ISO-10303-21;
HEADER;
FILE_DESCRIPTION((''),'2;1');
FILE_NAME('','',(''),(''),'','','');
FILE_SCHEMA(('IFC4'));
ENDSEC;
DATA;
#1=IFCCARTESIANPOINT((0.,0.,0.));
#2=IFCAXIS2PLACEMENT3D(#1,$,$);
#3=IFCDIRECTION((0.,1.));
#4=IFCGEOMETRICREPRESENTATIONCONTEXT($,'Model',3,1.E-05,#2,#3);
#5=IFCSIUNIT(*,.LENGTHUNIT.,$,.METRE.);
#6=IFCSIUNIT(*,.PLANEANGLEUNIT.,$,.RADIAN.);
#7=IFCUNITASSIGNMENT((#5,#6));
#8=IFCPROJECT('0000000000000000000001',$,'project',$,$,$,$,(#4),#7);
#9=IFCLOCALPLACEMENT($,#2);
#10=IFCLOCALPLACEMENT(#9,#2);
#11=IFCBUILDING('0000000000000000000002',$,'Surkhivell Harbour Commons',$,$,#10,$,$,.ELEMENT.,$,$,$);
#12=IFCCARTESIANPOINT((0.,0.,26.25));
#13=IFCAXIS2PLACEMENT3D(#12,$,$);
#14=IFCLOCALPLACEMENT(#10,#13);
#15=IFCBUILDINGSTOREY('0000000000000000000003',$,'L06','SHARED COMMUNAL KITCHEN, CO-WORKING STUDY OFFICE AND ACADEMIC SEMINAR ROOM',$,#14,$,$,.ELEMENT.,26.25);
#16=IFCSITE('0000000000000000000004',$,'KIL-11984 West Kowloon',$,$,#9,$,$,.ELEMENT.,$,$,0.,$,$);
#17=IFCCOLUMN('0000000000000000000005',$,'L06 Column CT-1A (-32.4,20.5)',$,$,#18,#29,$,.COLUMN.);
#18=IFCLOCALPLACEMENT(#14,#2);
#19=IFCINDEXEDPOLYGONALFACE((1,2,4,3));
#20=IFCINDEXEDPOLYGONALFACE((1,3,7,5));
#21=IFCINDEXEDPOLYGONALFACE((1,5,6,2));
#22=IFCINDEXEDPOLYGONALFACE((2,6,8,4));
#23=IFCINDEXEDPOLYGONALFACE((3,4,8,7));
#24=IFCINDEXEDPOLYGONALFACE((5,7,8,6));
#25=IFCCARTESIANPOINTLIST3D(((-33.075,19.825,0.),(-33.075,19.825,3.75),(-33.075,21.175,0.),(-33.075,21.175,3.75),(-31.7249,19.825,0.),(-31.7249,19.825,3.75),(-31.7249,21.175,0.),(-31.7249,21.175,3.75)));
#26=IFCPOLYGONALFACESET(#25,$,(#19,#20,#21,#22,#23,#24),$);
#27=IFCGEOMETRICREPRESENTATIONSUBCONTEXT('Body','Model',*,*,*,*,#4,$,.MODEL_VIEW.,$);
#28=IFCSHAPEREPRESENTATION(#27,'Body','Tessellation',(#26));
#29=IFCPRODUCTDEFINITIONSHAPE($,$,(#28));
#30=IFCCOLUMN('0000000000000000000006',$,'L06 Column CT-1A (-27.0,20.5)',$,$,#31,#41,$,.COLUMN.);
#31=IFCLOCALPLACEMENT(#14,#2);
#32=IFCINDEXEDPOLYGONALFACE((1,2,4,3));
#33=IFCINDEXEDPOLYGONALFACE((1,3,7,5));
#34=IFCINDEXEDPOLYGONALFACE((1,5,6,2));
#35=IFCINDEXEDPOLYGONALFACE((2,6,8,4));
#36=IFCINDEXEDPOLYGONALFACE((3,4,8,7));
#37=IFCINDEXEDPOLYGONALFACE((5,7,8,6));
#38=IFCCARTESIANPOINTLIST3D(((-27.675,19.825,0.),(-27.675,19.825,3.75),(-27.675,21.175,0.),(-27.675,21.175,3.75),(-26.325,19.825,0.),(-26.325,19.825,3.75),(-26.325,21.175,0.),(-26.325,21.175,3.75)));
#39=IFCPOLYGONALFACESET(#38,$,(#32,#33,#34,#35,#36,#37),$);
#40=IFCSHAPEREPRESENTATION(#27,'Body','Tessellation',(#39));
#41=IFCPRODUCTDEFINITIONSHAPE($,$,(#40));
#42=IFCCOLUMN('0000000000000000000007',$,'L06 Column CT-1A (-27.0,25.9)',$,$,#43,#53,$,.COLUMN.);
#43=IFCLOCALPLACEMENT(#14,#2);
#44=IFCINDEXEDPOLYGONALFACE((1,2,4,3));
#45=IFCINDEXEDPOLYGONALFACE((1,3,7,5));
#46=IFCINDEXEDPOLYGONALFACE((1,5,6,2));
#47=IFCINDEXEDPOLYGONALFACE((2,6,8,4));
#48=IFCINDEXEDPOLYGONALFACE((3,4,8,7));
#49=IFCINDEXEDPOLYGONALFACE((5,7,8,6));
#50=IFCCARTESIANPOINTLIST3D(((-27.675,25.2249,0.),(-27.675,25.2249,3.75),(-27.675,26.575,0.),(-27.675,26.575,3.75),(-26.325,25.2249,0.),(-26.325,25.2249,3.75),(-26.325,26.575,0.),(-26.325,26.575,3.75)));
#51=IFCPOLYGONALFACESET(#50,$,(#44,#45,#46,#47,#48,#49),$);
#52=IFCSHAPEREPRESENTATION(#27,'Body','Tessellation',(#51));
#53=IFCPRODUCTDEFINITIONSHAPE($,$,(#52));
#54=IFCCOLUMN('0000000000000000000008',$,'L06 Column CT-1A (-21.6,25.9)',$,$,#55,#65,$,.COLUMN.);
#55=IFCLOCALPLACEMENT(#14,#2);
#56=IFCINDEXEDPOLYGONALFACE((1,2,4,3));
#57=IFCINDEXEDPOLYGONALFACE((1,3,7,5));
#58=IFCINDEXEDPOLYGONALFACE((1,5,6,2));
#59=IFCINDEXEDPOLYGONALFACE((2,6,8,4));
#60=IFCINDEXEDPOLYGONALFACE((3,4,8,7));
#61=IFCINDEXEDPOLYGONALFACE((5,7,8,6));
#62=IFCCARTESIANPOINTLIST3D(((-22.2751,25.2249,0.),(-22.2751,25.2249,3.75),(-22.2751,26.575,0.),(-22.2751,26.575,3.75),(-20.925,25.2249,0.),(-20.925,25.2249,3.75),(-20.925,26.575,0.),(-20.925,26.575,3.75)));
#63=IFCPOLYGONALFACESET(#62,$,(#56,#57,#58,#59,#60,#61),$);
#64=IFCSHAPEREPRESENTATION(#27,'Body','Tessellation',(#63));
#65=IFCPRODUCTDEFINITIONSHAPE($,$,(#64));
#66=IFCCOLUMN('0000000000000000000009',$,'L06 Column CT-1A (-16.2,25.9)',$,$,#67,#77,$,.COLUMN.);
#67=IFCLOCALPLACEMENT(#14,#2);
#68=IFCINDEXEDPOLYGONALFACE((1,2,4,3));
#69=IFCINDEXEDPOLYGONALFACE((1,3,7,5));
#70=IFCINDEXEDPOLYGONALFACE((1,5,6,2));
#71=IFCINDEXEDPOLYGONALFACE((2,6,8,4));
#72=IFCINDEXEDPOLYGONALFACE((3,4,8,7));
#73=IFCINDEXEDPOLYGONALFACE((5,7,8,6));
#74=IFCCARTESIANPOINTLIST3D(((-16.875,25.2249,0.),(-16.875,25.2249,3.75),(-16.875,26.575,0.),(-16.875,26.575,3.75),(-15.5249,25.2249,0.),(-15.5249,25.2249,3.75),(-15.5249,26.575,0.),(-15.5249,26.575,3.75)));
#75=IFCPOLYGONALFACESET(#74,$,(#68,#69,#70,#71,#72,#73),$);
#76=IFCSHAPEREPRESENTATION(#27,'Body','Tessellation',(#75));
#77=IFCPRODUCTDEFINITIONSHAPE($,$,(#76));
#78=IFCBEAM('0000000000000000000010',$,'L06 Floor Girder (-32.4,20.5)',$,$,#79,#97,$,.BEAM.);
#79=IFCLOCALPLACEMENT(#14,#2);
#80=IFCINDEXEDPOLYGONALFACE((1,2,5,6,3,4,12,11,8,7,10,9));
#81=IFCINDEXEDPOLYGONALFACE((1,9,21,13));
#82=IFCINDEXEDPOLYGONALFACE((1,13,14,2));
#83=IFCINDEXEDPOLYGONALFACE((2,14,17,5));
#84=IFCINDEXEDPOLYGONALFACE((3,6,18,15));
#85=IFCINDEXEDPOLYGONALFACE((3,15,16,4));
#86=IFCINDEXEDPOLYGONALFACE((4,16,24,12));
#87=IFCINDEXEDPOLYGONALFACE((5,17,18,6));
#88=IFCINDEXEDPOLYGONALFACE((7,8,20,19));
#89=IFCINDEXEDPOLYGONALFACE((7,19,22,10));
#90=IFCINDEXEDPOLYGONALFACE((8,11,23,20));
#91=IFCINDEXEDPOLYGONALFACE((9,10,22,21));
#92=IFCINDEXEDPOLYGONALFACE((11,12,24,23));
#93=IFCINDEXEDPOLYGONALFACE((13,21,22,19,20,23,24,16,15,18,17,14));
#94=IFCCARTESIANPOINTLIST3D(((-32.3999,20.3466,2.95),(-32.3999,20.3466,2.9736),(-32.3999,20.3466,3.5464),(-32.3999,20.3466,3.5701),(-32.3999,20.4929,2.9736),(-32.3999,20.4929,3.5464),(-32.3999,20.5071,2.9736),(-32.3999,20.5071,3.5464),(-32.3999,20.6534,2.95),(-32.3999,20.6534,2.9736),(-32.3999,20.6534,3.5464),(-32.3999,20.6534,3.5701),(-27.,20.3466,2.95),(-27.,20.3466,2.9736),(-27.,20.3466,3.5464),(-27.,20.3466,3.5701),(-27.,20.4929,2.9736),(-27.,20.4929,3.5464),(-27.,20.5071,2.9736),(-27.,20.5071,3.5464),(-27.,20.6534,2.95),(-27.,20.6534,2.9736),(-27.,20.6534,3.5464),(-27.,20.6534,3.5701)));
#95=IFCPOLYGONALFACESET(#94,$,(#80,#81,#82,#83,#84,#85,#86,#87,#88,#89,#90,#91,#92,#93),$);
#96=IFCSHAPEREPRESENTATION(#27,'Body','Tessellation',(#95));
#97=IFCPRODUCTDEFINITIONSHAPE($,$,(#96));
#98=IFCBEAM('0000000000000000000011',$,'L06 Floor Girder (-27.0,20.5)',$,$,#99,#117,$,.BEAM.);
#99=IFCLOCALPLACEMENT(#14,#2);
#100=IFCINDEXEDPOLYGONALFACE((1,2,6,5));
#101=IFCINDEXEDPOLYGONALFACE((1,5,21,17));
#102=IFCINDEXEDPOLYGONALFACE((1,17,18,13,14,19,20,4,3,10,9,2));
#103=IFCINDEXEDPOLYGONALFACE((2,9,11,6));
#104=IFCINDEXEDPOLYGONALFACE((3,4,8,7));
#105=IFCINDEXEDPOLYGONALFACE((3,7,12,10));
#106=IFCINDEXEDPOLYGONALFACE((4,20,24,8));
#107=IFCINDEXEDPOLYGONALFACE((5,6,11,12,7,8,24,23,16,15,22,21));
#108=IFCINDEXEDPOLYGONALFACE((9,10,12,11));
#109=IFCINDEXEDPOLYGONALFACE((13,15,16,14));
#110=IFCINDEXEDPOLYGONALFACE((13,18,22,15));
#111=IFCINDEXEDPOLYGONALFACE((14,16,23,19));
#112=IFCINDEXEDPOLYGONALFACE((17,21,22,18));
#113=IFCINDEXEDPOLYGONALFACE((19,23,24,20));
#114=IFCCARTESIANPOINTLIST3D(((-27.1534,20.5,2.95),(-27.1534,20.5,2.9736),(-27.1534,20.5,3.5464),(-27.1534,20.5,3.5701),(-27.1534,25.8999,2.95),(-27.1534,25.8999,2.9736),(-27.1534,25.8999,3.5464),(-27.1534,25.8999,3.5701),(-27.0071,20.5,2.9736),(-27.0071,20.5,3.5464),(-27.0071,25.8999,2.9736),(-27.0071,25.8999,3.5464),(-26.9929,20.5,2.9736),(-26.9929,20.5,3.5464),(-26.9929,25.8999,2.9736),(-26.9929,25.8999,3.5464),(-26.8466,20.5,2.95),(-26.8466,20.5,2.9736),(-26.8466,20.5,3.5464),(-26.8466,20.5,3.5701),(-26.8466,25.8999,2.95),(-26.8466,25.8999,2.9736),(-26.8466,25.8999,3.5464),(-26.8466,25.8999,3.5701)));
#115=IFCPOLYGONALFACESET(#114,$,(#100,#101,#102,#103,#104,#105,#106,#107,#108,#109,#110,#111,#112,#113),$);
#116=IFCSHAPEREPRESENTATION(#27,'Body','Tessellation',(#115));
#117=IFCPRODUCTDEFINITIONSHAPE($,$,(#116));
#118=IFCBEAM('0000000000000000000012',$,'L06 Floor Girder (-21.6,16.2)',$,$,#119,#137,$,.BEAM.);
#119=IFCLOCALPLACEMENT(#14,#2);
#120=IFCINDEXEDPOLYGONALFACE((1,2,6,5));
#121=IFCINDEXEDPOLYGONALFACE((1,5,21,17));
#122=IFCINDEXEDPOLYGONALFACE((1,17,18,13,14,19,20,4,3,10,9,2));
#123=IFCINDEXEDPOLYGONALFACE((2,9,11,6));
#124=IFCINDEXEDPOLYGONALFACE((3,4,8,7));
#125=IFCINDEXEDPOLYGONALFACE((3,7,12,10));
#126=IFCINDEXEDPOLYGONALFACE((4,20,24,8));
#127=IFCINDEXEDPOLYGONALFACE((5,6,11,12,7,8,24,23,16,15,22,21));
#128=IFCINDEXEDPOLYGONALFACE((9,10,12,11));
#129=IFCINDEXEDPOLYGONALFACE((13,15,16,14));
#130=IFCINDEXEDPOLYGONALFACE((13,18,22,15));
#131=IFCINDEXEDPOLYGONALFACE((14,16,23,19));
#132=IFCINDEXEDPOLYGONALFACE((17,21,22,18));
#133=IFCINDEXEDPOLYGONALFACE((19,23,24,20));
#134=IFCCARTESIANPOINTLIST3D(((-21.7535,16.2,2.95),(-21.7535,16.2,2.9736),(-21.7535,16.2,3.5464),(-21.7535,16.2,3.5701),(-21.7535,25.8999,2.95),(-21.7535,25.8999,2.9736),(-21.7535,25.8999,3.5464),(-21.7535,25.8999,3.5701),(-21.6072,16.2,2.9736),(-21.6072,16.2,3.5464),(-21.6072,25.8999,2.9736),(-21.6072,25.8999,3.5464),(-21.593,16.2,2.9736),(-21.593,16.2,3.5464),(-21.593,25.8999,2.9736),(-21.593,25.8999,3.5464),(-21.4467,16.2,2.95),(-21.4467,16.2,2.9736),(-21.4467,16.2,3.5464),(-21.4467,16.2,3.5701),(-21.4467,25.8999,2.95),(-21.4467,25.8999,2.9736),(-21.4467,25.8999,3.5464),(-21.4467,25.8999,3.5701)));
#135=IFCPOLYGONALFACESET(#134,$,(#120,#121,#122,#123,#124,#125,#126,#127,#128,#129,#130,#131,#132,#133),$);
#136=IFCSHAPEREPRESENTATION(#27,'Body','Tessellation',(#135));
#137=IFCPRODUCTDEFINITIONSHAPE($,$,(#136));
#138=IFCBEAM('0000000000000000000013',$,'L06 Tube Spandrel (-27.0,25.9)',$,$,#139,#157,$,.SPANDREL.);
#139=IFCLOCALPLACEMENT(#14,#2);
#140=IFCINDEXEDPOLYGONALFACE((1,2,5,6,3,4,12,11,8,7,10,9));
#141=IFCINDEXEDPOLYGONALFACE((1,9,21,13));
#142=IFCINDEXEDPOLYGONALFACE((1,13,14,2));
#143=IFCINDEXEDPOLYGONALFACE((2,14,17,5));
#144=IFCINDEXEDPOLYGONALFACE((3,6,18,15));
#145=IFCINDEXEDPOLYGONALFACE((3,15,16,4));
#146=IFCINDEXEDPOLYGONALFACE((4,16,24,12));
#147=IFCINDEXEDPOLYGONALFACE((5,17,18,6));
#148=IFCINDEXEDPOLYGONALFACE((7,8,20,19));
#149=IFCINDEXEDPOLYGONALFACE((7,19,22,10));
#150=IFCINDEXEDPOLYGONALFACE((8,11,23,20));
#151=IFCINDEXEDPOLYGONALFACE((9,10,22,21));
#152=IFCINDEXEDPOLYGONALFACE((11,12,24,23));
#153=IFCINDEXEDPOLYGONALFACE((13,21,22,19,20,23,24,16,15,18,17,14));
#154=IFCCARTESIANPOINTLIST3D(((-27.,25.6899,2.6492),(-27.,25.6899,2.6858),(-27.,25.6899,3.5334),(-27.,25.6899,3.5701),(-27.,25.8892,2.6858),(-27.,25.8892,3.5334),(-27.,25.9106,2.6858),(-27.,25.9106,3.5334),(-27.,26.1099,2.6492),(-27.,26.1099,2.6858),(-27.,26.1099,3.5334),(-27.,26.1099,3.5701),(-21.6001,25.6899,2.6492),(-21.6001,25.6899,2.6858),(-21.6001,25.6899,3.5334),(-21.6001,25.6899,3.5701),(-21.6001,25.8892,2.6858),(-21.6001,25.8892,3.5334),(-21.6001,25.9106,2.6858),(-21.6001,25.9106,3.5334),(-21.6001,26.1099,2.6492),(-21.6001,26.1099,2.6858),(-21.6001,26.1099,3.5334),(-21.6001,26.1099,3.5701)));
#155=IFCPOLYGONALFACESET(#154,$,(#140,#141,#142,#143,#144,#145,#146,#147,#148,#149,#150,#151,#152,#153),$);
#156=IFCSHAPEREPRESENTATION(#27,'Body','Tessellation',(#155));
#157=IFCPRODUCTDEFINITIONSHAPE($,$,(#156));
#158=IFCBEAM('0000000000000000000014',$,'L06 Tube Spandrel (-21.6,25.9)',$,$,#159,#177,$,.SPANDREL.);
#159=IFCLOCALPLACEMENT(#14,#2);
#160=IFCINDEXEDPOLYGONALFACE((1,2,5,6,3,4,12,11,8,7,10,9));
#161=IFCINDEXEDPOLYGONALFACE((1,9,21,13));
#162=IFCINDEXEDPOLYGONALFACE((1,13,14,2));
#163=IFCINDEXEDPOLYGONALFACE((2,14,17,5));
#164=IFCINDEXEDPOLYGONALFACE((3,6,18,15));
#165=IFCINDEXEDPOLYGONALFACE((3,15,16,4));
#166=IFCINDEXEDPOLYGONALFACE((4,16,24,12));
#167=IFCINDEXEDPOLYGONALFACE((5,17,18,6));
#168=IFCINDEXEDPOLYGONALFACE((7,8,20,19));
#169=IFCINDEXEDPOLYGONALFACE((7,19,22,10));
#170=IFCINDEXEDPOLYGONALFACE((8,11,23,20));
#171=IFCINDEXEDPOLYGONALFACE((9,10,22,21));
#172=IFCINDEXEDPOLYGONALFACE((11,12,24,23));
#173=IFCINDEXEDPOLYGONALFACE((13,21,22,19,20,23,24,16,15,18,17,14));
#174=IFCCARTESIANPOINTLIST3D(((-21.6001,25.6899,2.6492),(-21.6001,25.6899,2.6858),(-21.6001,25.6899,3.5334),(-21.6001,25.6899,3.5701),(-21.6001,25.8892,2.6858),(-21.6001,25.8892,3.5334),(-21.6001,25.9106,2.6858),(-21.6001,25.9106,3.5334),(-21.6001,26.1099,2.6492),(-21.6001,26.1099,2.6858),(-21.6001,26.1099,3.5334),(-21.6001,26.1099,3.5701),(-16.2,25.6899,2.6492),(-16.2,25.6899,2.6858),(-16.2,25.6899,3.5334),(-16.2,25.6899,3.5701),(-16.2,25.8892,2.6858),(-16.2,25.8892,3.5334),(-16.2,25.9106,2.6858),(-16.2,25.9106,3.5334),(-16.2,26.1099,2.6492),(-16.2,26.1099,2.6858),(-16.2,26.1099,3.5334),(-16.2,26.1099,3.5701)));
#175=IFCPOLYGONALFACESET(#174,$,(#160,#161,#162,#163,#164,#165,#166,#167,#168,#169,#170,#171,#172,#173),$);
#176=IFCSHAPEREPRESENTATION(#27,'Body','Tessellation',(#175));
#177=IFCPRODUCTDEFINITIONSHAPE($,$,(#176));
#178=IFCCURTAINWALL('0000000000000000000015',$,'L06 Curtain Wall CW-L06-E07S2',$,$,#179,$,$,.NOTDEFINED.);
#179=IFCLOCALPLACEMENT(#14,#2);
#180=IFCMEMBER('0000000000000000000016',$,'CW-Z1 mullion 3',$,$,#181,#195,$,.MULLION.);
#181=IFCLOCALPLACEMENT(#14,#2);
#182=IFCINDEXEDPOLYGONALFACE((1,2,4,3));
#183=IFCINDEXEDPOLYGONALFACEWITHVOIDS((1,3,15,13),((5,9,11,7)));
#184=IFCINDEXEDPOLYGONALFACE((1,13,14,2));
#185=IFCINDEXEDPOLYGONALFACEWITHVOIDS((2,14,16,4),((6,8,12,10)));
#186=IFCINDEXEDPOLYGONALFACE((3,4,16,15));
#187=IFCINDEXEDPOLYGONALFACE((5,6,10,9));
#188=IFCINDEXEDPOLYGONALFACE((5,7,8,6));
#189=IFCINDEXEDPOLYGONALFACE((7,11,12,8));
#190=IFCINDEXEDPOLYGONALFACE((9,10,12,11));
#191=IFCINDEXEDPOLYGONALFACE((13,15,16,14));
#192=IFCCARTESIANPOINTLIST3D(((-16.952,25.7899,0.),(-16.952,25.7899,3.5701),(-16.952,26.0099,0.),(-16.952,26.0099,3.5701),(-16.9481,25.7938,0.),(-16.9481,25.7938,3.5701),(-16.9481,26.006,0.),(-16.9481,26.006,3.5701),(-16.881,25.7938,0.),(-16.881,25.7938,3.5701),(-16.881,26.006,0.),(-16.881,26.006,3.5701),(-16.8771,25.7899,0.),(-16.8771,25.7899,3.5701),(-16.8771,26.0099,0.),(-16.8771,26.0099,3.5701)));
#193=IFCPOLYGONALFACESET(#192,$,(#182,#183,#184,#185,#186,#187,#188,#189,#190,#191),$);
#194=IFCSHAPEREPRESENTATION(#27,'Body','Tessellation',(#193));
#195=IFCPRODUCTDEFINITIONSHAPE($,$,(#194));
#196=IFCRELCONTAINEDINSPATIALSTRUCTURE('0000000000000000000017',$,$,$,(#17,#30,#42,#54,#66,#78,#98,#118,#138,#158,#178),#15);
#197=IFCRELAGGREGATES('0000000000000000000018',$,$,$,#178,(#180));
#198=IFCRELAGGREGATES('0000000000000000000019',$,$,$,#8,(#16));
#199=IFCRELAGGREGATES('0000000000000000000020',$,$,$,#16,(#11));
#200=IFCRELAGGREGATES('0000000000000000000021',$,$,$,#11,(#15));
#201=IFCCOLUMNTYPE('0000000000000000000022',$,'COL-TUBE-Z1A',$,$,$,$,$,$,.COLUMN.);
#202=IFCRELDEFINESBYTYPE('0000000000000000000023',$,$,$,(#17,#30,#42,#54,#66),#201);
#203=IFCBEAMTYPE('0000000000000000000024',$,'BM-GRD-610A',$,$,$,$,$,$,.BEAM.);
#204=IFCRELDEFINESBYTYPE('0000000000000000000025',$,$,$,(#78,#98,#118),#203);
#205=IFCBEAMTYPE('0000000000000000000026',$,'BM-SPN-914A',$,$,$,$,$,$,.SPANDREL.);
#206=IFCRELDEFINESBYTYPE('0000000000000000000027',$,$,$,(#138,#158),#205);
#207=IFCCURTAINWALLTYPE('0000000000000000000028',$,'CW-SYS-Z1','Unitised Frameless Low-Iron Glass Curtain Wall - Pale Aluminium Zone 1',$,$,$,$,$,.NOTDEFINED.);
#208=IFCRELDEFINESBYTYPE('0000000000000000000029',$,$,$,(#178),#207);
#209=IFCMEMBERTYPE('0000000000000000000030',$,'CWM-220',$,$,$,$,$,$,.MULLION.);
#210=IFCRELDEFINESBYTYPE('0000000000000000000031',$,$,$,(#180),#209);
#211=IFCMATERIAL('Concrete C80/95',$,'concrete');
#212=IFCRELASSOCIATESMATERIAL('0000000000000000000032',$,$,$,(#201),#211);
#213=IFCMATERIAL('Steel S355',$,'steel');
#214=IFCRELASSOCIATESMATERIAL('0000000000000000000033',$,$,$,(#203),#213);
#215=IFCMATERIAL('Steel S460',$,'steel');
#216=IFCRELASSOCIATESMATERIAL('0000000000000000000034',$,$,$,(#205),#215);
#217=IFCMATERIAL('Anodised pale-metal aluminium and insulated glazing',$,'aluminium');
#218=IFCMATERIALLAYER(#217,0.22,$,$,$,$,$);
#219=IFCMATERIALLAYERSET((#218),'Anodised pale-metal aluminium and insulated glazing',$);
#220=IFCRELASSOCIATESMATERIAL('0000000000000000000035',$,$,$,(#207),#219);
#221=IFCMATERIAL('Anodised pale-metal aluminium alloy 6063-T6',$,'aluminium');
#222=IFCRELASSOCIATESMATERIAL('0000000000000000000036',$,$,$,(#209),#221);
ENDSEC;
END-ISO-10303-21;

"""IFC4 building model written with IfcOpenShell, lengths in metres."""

from ifc_helpers import new_model, si_unit, direction, frame, origin, origin_2d, place, context, subcontext, project, spatial, rectangle, hollow_rectangle, i_section, extrude, material, layer, layer_set, material_profile, profile_set, type_object, element, aggregate, save


model = new_model("IFC4")

# Units and contexts
model_context = context("Model", 3, precision=1e-05, world=origin(), true_north=direction((0.0, 1.0)))
body_context = subcontext(model_context, "Body", "Model", "MODEL_VIEW")
ifc_project = project(units=[si_unit("LENGTHUNIT", "METRE"), si_unit("PLANEANGLEUNIT", "RADIAN")], contexts=[model_context])

# Site, building, storey
site_placement = place(None, origin())
site = spatial("IfcSite", under=ifc_project, at=site_placement, Name="KIL-11984 West Kowloon", CompositionType="ELEMENT", RefElevation=0.0)
building_placement = place(site_placement, origin())
building = spatial("IfcBuilding", under=site, at=building_placement, Name="Surkhivell Harbour Commons", CompositionType="ELEMENT")
storey_placement = place(building_placement, frame((0.0, 0.0, 26.25)))
storey = spatial("IfcBuildingStorey", under=building, at=storey_placement, Name="L06", Description="SHARED COMMUNAL KITCHEN, CO-WORKING STUDY OFFICE AND ACADEMIC SEMINAR ROOM", CompositionType="ELEMENT", Elevation=26.25)

# Columns
ifc_material_1 = material(Name="Concrete C80/95", Category="concrete")
ifc_material_profile_1 = material_profile(ifc_material_1, rectangle(XDim=1.3501, YDim=1.3501, at=origin_2d()), Name="RC-COL-1350x1350")
ifc_profile_set_1 = profile_set([ifc_material_profile_1], Name="Concrete C80/95")
column_type = type_object("IfcColumnType", Name="COL-TUBE-Z1A", PredefinedType="COLUMN", material=ifc_profile_set_1)
for number, where, z_axis, x_axis, name in (
    (1, (-32.3999, 20.5, 0.0), (0.0, 0.0, 1.0), (1.0, 0.0, 0.0), "L06 Column CT-1A (-32.4,20.5)"),
    (2, (-27.0, 20.5, 0.0), (0.0, 0.0, 1.0), (1.0, 0.0, 0.0), "L06 Column CT-1A (-27.0,20.5)"),
    (3, (-27.0, 25.8999, 0.0), (0.0, 0.0, 1.0), (1.0, 0.0, 0.0), "L06 Column CT-1A (-27.0,25.9)"),
    (4, (-21.6001, 25.8999, 0.0), (0.0, 0.0, 1.0), (1.0, 0.0, 0.0), "L06 Column CT-1A (-21.6,25.9)"),
    (5, (-16.2, 25.8999, 0.0), (0.0, 0.0, 1.0), (1.0, 0.0, 0.0), "L06 Column CT-1A (-16.2,25.9)"),
):
    element("IfcColumn", number, at=place(storey_placement, frame(where, z_axis=z_axis, x_axis=x_axis)), inside=storey, type_object=column_type, Name=name, PredefinedType="COLUMN", context=body_context, shape_type="SweptSolid", body=[
        extrude(rectangle(XDim=1.3501, YDim=1.3501, at=origin_2d()), origin(), (0.0, 0.0, 1.0), 3.75),
    ])

# Beams
ifc_material_2 = material(Name="Steel S355", Category="steel")
ifc_material_profile_2 = material_profile(ifc_material_2, i_section(OverallWidth=0.3069, OverallDepth=0.6201, WebThickness=0.0142, FlangeThickness=0.0237, at=origin_2d()), Name="UB610x305x179")
ifc_profile_set_2 = profile_set([ifc_material_profile_2], Name="Steel S355")
beam_type_1 = type_object("IfcBeamType", Name="BM-GRD-610A", PredefinedType="BEAM", material=ifc_profile_set_2)
for number, where, z_axis, x_axis, name in (
    (6, (-32.3999, 20.5, 3.26), (1.0, 0.0, 0.0), (0.0, 1.0, 0.0), "L06 Floor Girder (-32.4,20.5)"),
    (7, (-27.0, 20.5, 3.26), (0.0, 1.0, 0.0), (-1.0, 0.0, 0.0), "L06 Floor Girder (-27.0,20.5)"),
):
    element("IfcBeam", number, at=place(storey_placement, frame(where, z_axis=z_axis, x_axis=x_axis)), inside=storey, type_object=beam_type_1, Name=name, PredefinedType="BEAM", context=body_context, shape_type="SweptSolid", body=[
        extrude(i_section(OverallWidth=0.3069, OverallDepth=0.6201, WebThickness=0.0142, FlangeThickness=0.0237, at=origin_2d()), origin(), (0.0, 0.0, 1.0), 5.3999),
    ])
beam_1_placement = place(storey_placement, frame((-21.6001, 16.2, 3.26), z_axis=(0.0, 1.0, 0.0), x_axis=(-1.0, 0.0, 0.0)))
element("IfcBeam", 8, at=beam_1_placement, inside=storey, type_object=beam_type_1, Name="L06 Floor Girder (-21.6,16.2)", PredefinedType="BEAM", context=body_context, shape_type="SweptSolid", body=[
    extrude(i_section(OverallWidth=0.3069, OverallDepth=0.6201, WebThickness=0.0142, FlangeThickness=0.0237, at=origin_2d()), origin(), (0.0, 0.0, 1.0), 9.7),
])
ifc_material_3 = material(Name="Steel S460", Category="steel")
ifc_material_profile_3 = material_profile(ifc_material_3, i_section(OverallWidth=0.4199, OverallDepth=0.9209, WebThickness=0.0215, FlangeThickness=0.0366, at=origin_2d()), Name="UB914x419x388")
ifc_profile_set_3 = profile_set([ifc_material_profile_3], Name="Steel S460")
beam_type_2 = type_object("IfcBeamType", Name="BM-SPN-914A", PredefinedType="SPANDREL", material=ifc_profile_set_3)
beam_2_placement = place(storey_placement, frame((-27.0, 25.8999, 3.1096), z_axis=(1.0, 0.0, 0.0), x_axis=(0.0, 1.0, 0.0)))
element("IfcBeam", 9, at=beam_2_placement, inside=storey, type_object=beam_type_2, Name="L06 Tube Spandrel (-27.0,25.9)", PredefinedType="SPANDREL", context=body_context, shape_type="SweptSolid", body=[
    extrude(i_section(OverallWidth=0.4199, OverallDepth=0.9209, WebThickness=0.0215, FlangeThickness=0.0366, at=origin_2d()), origin(), (0.0, 0.0, 1.0), 5.3999),
])
beam_3_placement = place(storey_placement, frame((-21.6001, 25.8999, 3.1096), z_axis=(1.0, 0.0, 0.0), x_axis=(0.0, 1.0, 0.0)))
element("IfcBeam", 10, at=beam_3_placement, inside=storey, type_object=beam_type_2, Name="L06 Tube Spandrel (-21.6,25.9)", PredefinedType="SPANDREL", context=body_context, shape_type="SweptSolid", body=[
    extrude(i_section(OverallWidth=0.4199, OverallDepth=0.9209, WebThickness=0.0215, FlangeThickness=0.0366, at=origin_2d()), origin(), (0.0, 0.0, 1.0), 5.4001),
])

# Curtain wall, member
ifc_material_4 = material(Name="Anodised pale-metal aluminium and insulated glazing", Category="aluminium")
ifc_layer_1 = layer(ifc_material_4, 0.22)
ifc_layer_set_1 = layer_set([ifc_layer_1], Name="Anodised pale-metal aluminium and insulated glazing")
curtain_wall_type = type_object("IfcCurtainWallType", Name="CW-SYS-Z1", Description="Unitised Frameless Low-Iron Glass Curtain Wall - Pale Aluminium Zone 1", PredefinedType="NOTDEFINED", material=ifc_layer_set_1)
curtain_wall_1_placement = place(storey_placement, origin())
curtain_wall_1 = element("IfcCurtainWall", 11, at=curtain_wall_1_placement, inside=storey, type_object=curtain_wall_type, Name="L06 Curtain Wall CW-L06-E07S2", PredefinedType="NOTDEFINED")
ifc_material_5 = material(Name="Anodised pale-metal aluminium alloy 6063-T6", Category="aluminium")
ifc_material_profile_4 = material_profile(ifc_material_5, hollow_rectangle(XDim=0.075, YDim=0.22, WallThickness=0.0039, at=origin_2d()), Name="ALU-MULL-75x220")
ifc_profile_set_4 = profile_set([ifc_material_profile_4], Name="Anodised pale-metal aluminium alloy 6063-T6")
member_type_1 = type_object("IfcMemberType", Name="CWM-220", PredefinedType="MULLION", material=ifc_profile_set_4)
member_1_placement = place(storey_placement, frame((-16.9146, 25.8999, 0.0), z_axis=(0.0, 0.0, 1.0), x_axis=(-1.0, 0.0, 0.0)))
member_1 = element("IfcMember", 12, at=member_1_placement, type_object=member_type_1, Name="CW-Z1 mullion 3", PredefinedType="MULLION", context=body_context, shape_type="SweptSolid", body=[
    extrude(hollow_rectangle(XDim=0.075, YDim=0.22, WallThickness=0.0039, at=origin_2d()), origin(), (0.0, 0.0, 1.0), 3.5701),
])

aggregate(curtain_wall_1, [member_1])

save(model, "model.ifc")
